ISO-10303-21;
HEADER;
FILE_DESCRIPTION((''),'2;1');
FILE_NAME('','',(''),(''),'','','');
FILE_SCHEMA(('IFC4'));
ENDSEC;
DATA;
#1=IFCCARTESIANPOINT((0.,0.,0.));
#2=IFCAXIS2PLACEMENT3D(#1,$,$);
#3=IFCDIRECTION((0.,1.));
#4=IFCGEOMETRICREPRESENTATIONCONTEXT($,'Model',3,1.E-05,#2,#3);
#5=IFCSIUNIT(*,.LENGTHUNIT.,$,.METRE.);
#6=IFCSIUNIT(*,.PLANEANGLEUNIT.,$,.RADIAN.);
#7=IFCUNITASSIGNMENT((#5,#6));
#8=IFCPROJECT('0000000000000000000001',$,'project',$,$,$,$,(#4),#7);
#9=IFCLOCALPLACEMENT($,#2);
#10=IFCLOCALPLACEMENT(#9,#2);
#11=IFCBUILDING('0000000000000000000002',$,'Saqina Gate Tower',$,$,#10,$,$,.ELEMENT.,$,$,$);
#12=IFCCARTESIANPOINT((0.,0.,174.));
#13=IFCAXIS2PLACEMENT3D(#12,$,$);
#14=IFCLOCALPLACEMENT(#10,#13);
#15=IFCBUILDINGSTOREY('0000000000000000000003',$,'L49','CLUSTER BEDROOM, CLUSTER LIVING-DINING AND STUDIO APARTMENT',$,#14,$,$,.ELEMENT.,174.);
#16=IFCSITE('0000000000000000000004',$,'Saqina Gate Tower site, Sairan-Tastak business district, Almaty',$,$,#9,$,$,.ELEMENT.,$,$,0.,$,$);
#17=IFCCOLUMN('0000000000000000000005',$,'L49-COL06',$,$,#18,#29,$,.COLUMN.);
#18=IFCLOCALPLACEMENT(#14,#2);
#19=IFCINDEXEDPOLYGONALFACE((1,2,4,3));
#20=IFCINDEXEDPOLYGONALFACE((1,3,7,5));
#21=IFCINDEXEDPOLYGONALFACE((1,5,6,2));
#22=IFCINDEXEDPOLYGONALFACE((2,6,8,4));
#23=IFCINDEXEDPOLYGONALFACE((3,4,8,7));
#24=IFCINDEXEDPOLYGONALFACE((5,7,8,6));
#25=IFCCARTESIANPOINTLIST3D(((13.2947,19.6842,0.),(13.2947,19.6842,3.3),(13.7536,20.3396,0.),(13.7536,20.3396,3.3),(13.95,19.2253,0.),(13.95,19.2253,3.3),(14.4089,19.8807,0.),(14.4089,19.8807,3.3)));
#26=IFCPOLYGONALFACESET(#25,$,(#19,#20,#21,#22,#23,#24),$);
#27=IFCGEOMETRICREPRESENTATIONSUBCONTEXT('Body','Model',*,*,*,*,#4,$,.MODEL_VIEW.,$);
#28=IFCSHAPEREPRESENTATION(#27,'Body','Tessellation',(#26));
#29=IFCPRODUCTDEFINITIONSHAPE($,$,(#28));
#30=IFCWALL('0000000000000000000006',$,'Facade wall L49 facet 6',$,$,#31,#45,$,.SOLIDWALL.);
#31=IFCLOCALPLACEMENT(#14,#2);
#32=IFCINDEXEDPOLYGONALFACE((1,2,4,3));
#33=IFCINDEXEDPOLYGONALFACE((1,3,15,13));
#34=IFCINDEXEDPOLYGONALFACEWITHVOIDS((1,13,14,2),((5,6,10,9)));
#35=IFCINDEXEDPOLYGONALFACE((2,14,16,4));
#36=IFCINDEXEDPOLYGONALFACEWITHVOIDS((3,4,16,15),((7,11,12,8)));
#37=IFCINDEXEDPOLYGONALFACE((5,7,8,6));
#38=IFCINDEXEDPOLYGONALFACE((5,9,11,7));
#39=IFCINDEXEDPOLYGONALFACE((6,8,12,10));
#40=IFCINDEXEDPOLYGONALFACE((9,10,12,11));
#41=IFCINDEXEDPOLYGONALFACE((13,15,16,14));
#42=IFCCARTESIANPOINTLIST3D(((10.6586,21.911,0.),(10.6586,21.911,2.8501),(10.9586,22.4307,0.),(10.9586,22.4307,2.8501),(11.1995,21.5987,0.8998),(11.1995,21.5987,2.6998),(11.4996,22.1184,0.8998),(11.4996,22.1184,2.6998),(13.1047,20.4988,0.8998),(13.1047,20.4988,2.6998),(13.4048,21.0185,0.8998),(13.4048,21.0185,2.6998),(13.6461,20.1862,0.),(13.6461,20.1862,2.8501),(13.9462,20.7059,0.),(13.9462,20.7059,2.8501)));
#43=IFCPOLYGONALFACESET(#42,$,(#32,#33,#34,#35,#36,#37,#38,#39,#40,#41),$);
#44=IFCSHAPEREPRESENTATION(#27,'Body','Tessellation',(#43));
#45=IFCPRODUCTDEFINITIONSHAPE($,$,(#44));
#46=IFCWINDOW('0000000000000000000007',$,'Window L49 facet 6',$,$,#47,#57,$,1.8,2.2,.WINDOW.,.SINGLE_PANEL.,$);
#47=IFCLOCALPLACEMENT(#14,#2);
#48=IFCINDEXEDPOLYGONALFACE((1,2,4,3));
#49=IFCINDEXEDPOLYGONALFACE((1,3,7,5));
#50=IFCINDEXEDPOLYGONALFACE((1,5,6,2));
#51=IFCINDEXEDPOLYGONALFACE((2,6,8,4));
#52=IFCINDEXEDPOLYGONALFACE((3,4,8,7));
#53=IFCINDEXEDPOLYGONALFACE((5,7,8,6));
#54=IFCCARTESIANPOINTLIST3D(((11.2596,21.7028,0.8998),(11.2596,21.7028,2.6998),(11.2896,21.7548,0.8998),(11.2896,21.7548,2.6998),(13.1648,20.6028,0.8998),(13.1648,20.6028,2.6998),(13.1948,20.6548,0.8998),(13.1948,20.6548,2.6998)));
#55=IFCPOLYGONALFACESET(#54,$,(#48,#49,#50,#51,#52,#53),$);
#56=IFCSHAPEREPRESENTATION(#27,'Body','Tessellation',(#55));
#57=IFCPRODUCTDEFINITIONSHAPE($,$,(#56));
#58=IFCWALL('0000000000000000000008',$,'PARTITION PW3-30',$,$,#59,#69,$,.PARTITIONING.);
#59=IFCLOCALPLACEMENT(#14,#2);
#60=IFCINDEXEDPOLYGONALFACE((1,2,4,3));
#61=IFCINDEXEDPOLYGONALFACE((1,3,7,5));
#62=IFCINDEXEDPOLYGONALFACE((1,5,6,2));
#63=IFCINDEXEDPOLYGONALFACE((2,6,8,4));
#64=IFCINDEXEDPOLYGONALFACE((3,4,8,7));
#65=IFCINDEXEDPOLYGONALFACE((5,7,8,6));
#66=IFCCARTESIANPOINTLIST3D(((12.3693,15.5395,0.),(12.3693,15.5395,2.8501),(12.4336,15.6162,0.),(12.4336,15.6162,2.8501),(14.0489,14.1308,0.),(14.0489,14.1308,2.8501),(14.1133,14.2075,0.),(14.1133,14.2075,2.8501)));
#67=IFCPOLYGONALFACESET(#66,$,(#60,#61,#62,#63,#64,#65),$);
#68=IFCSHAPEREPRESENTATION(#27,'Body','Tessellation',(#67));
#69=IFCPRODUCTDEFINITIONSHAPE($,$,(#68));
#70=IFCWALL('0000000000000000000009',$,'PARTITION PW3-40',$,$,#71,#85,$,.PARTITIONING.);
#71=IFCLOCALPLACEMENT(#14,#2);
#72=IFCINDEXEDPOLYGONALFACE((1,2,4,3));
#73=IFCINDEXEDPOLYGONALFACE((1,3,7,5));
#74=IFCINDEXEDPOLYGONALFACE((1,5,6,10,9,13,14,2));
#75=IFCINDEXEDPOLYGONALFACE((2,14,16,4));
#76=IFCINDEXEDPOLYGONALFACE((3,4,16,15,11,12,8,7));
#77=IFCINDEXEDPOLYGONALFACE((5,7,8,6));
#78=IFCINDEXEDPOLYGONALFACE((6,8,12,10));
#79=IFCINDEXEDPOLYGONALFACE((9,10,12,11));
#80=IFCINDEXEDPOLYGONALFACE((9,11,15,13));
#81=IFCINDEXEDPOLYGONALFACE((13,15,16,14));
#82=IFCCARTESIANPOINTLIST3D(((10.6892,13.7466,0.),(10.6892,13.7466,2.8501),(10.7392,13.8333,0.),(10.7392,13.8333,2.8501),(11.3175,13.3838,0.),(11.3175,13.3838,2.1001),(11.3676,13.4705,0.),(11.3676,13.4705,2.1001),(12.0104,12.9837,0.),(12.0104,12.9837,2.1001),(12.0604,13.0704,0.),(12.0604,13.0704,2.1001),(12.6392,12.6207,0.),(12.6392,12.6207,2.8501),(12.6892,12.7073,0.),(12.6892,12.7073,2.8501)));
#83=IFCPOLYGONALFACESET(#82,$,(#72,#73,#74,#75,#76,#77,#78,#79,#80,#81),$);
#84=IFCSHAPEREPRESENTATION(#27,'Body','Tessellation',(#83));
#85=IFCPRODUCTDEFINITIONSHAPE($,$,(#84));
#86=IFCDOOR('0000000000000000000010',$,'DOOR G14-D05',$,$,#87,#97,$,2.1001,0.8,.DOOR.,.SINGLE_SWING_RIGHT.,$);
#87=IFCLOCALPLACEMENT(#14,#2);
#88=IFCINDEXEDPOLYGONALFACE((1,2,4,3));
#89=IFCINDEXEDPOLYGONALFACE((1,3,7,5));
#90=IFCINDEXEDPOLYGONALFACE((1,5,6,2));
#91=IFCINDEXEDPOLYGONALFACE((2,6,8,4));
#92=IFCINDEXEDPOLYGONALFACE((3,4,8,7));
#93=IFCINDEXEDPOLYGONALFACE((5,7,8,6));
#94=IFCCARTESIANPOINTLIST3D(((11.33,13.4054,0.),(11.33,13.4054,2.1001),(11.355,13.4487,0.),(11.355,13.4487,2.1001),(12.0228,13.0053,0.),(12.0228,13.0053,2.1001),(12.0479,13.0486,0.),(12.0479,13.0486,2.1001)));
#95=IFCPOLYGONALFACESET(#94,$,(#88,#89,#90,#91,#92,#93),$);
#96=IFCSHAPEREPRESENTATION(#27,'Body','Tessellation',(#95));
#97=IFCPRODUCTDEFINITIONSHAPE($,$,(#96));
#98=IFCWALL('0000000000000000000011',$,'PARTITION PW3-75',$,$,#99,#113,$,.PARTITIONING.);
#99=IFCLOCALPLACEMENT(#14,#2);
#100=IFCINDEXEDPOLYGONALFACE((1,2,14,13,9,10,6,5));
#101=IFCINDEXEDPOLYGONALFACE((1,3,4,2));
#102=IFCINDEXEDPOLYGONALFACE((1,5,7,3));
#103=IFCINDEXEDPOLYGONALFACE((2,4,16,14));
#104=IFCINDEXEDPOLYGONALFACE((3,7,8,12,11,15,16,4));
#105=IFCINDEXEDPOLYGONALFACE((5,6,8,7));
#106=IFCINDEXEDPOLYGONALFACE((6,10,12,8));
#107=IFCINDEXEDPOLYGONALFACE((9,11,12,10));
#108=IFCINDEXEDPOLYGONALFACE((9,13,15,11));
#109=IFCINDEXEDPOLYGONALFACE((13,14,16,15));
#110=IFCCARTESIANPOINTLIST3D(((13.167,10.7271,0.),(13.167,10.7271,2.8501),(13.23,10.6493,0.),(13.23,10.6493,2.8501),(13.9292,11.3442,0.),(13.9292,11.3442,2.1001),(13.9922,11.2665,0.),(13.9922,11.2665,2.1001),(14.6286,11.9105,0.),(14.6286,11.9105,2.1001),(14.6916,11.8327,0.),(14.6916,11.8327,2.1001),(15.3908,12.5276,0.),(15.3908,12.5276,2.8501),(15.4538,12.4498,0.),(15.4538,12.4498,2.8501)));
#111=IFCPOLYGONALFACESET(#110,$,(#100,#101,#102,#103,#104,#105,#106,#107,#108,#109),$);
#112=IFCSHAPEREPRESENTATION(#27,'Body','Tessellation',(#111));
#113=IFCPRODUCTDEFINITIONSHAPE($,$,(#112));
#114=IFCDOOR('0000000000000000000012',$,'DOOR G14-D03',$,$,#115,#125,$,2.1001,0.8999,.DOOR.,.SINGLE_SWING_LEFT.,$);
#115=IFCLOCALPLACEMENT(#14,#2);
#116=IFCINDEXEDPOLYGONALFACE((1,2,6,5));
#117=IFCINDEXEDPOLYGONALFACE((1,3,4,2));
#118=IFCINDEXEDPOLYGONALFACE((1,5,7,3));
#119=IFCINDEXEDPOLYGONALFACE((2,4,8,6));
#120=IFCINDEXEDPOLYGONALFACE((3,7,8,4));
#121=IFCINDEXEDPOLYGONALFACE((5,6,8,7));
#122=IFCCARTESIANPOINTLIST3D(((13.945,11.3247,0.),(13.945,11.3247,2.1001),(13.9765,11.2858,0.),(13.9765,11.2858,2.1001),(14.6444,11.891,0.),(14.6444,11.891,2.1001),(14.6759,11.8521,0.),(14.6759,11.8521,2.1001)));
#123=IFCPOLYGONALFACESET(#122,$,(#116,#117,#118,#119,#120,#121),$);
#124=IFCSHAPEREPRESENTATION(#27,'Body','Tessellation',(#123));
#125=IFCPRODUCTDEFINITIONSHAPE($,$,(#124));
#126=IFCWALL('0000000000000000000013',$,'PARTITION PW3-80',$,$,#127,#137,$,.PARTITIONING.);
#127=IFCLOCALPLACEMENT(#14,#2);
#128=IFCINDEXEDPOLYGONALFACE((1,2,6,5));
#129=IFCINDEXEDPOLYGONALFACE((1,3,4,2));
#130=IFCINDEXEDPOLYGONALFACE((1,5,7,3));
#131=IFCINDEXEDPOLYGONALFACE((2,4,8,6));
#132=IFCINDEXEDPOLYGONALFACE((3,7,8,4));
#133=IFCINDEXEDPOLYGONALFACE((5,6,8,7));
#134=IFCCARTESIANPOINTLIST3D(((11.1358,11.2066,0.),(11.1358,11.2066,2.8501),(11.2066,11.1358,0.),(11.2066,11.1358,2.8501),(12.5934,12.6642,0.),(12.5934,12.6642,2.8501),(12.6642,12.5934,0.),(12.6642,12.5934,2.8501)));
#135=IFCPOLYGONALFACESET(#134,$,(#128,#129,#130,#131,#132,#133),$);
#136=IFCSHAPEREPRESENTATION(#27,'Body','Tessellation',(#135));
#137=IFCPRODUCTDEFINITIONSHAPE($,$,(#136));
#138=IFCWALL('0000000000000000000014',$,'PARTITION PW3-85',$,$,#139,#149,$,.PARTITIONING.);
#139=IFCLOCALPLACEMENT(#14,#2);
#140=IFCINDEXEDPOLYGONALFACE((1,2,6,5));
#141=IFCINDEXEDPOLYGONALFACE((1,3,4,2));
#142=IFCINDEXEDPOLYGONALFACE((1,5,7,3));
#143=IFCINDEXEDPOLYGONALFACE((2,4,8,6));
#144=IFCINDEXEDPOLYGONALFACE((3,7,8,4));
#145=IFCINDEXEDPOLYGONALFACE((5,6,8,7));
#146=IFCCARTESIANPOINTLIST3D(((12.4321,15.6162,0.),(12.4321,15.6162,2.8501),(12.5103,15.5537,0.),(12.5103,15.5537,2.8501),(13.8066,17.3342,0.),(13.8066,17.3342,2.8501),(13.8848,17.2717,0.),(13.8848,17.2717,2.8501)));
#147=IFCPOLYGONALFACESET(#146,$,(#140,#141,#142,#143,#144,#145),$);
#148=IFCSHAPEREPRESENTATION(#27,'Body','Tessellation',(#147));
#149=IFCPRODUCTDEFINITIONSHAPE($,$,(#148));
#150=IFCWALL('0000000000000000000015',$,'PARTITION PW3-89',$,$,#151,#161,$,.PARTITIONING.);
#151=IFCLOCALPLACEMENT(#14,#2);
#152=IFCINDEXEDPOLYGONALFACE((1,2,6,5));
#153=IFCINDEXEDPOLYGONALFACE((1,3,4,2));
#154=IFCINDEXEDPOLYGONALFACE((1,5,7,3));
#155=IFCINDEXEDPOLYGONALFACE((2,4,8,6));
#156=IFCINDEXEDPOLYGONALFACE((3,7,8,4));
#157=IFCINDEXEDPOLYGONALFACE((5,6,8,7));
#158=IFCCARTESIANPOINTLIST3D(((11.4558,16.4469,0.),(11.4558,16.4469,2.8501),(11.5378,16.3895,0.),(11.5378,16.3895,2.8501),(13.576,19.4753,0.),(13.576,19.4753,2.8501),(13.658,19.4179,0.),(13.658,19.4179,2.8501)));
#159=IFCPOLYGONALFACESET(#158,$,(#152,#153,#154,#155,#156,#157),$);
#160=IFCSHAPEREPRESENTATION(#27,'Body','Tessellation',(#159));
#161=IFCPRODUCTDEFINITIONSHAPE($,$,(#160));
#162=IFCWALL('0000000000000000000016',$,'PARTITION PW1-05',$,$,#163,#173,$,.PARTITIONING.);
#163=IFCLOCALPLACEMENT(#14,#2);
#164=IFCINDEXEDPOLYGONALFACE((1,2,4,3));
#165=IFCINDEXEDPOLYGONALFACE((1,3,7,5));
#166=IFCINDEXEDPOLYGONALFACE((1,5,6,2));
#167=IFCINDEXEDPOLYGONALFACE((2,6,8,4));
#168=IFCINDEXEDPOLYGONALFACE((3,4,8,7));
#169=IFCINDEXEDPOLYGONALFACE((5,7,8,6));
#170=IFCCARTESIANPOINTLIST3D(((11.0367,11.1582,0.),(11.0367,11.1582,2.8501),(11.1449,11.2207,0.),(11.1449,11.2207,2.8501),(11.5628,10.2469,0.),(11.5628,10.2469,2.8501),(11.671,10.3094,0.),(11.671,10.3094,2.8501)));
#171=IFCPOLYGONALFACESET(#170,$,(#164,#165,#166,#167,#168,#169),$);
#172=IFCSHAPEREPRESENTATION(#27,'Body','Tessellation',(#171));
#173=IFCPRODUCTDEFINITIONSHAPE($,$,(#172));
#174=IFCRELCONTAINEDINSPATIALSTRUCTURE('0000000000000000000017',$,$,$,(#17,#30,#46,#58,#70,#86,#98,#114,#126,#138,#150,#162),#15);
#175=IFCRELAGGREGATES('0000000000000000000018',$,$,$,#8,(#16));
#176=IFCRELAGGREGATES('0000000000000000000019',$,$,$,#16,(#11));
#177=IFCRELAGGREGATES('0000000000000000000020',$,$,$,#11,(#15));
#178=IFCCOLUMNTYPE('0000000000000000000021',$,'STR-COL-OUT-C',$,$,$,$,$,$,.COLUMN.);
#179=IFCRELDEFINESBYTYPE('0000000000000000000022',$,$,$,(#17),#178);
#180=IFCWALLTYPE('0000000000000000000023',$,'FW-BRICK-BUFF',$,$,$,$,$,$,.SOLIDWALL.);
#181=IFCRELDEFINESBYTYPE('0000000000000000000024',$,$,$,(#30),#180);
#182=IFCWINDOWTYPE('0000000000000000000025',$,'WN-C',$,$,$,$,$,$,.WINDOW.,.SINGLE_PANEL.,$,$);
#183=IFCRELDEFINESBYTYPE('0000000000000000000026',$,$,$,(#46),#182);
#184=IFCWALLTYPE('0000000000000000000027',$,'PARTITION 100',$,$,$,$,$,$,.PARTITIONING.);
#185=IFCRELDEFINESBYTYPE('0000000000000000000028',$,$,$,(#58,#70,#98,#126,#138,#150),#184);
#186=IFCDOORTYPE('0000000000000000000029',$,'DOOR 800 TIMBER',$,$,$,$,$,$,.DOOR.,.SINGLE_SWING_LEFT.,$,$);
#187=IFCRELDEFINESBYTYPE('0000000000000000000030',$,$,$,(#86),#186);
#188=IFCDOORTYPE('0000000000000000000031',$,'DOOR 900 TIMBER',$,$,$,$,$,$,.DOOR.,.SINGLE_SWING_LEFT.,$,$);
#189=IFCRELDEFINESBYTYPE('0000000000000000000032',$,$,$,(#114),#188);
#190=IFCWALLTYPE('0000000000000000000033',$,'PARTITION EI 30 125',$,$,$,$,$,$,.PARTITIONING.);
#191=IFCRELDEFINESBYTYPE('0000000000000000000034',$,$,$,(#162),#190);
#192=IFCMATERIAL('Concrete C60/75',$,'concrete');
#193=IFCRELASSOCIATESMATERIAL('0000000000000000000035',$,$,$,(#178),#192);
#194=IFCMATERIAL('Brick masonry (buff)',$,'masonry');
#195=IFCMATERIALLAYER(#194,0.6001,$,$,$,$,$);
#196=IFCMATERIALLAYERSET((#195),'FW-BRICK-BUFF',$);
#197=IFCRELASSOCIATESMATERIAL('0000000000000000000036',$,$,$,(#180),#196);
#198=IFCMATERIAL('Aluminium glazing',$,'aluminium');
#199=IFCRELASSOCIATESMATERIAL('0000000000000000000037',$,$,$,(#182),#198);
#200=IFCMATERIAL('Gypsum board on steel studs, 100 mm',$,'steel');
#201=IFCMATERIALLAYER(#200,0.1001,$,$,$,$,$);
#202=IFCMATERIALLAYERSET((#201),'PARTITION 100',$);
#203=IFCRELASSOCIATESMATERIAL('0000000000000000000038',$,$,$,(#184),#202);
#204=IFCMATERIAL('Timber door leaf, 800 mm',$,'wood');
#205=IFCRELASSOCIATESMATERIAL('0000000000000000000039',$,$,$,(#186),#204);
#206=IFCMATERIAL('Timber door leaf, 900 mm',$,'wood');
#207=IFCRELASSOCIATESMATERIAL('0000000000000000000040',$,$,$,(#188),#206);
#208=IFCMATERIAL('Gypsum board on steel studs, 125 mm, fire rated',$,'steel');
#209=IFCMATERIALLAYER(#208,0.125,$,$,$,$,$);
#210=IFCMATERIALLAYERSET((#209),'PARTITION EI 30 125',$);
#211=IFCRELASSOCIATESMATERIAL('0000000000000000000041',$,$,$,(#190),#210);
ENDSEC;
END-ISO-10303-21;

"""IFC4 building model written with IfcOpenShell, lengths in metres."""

from ifc_helpers import new_model, si_unit, direction, frame, frame_2d, origin, origin_2d, place, context, subcontext, project, spatial, rectangle, extrude, material, layer, layer_set, material_profile, profile_set, type_object, element, fill, save


model = new_model("IFC4")

# Units and contexts
model_context = context("Model", 3, precision=1e-05, world=origin(), true_north=direction((0.0, 1.0)))
body_context = subcontext(model_context, "Body", "Model", "MODEL_VIEW")
ifc_project = project(units=[si_unit("LENGTHUNIT", "METRE"), si_unit("PLANEANGLEUNIT", "RADIAN")], contexts=[model_context])

# Site, building, storey
site_placement = place(None, origin())
site = spatial("IfcSite", under=ifc_project, at=site_placement, Name="Saqina Gate Tower site, Sairan-Tastak business district, Almaty", CompositionType="ELEMENT", RefElevation=0.0)
building_placement = place(site_placement, origin())
building = spatial("IfcBuilding", under=site, at=building_placement, Name="Saqina Gate Tower", CompositionType="ELEMENT")
storey_placement = place(building_placement, frame((0.0, 0.0, 174.0)))
storey = spatial("IfcBuildingStorey", under=building, at=storey_placement, Name="L49", Description="CLUSTER BEDROOM, CLUSTER LIVING-DINING AND STUDIO APARTMENT", CompositionType="ELEMENT", Elevation=174.0)

# Column
ifc_material_1 = material(Name="Concrete C60/75", Category="concrete")
ifc_material_profile = material_profile(ifc_material_1, rectangle(XDim=0.8, YDim=0.8, at=origin_2d()), Name="RC 800x800")
ifc_profile_set = profile_set([ifc_material_profile], Name="Concrete C60/75")
column_type = type_object("IfcColumnType", Name="STR-COL-OUT-C", PredefinedType="COLUMN", material=ifc_profile_set)
column_placement = place(storey_placement, frame((13.8518, 19.7825, 0.0), z_axis=(0.0, 0.0, 1.0), x_axis=(0.573576, 0.819152, 0.0)))
element("IfcColumn", 1, at=column_placement, inside=storey, type_object=column_type, Name="L49-COL06", PredefinedType="COLUMN", context=body_context, shape_type="SweptSolid", body=[
    extrude(rectangle(XDim=0.8, YDim=0.8, at=origin_2d()), origin(), (0.0, 0.0, 1.0), 3.3),
])

# Wall, opening, window
ifc_material_2 = material(Name="Brick masonry (buff)", Category="masonry")
ifc_layer_1 = layer(ifc_material_2, 0.6001)
ifc_layer_set_1 = layer_set([ifc_layer_1], Name="FW-BRICK-BUFF")
wall_type_1 = type_object("IfcWallType", Name="FW-BRICK-BUFF", PredefinedType="SOLIDWALL", material=ifc_layer_set_1)
wall_1_placement = place(storey_placement, frame((13.7961, 20.446, 0.0), z_axis=(0.0, 0.0, 1.0), x_axis=(-0.866026, 0.499998, 0.0)))
wall_1 = element("IfcWall", 2, at=wall_1_placement, inside=storey, type_object=wall_type_1, Name="Facade wall L49 facet 6", PredefinedType="SOLIDWALL", context=body_context, shape_type="SweptSolid", body=[
    extrude(rectangle(XDim=3.4497, YDim=0.6001, at=frame_2d((1.7249, 0.0))), origin(), (0.0, 0.0, 1.0), 2.8501),
])
opening_1_placement = place(wall_1_placement, frame((0.625, 0.0, 0.8999)))
opening_1 = element("IfcOpeningElement", 3, at=opening_1_placement, cuts=wall_1, PredefinedType="OPENING", context=body_context, shape_type="SweptSolid", body=[
    extrude(rectangle(XDim=2.2, YDim=1.8, at=frame_2d((1.1001, 0.8999))), frame((0.0, 0.312, 0.0), z_axis=(0.0, -1.0, 0.0), x_axis=(1.0, 0.0, 0.0)), (0.0, 0.0, 1.0), 0.624),
])
ifc_material_3 = material(Name="Aluminium glazing", Category="aluminium")
window_type = type_object("IfcWindowType", Name="WN-C", PartitioningType="SINGLE_PANEL", PredefinedType="WINDOW", material=ifc_material_3)
window_placement = place(opening_1_placement, origin())
window = element("IfcWindow", 4, at=window_placement, inside=storey, type_object=window_type, Name="Window L49 facet 6", OverallHeight=1.8, OverallWidth=2.2, PartitioningType="SINGLE_PANEL", PredefinedType="WINDOW", context=body_context, shape_type="SweptSolid", body=[
    extrude(rectangle(XDim=2.2, YDim=1.8, at=frame_2d((1.1001, 0.8999))), frame((0.0, 0.1799, 0.0), z_axis=(0.0, -1.0, 0.0), x_axis=(1.0, 0.0, 0.0)), (0.0, 0.0, 1.0), 0.0601),
])
fill(opening_1, window)

# Wall
ifc_material_4 = material(Name="Gypsum board on steel studs, 100 mm", Category="steel")
ifc_layer_2 = layer(ifc_material_4, 0.1001)
ifc_layer_set_2 = layer_set([ifc_layer_2], Name="PARTITION 100")
wall_type_2 = type_object("IfcWallType", Name="PARTITION 100", PredefinedType="PARTITIONING", material=ifc_layer_set_2)
wall_2_placement = place(storey_placement, frame((12.4014, 15.5779, 0.0), z_axis=(0.0, 0.0, 1.0), x_axis=(0.766209, -0.642591, 0.0)))
element("IfcWall", 5, at=wall_2_placement, inside=storey, type_object=wall_type_2, Name="PARTITION PW3-30", PredefinedType="PARTITIONING", context=body_context, shape_type="SweptSolid", body=[
    extrude(rectangle(XDim=2.1921, YDim=0.1001, at=frame_2d((1.0962, 0.0))), origin(), (0.0, 0.0, 1.0), 2.8501),
])

# Walls, openings, doors
wall_3_placement = place(storey_placement, frame((10.7141, 13.79, 0.0), z_axis=(0.0, 0.0, 1.0), x_axis=(0.865992, -0.500057, 0.0)))
wall_3 = element("IfcWall", 6, at=wall_3_placement, inside=storey, type_object=wall_type_2, Name="PARTITION PW3-40", PredefinedType="PARTITIONING", context=body_context, shape_type="SweptSolid", body=[
    extrude(rectangle(XDim=2.2517, YDim=0.1001, at=frame_2d((1.126, 0.0))), origin(), (0.0, 0.0, 1.0), 2.8501),
])
opening_2_placement = place(wall_3_placement, frame((0.7258, 0.0, 0.0)))
opening_2 = element("IfcOpeningElement", 7, at=opening_2_placement, cuts=wall_3, PredefinedType="OPENING", context=body_context, shape_type="SweptSolid", body=[
    extrude(rectangle(XDim=0.8, YDim=2.1001, at=frame_2d((0.3999, 1.05))), frame((0.0, 0.062, 0.0), z_axis=(0.0, -1.0, 0.0), x_axis=(1.0, 0.0, 0.0)), (0.0, 0.0, 1.0), 0.124),
])
ifc_material_5 = material(Name="Timber door leaf, 800 mm", Category="wood")
door_type_1 = type_object("IfcDoorType", Name="DOOR 800 TIMBER", OperationType="SINGLE_SWING_LEFT", PredefinedType="DOOR", material=ifc_material_5)
door_1_placement = place(opening_2_placement, origin())
door_1 = element("IfcDoor", 8, at=door_1_placement, inside=storey, type_object=door_type_1, Name="DOOR G14-D05", OperationType="SINGLE_SWING_RIGHT", OverallHeight=2.1001, OverallWidth=0.8, PredefinedType="DOOR", context=body_context, shape_type="SweptSolid", body=[
    extrude(rectangle(XDim=0.8, YDim=2.1001, at=frame_2d((0.3999, 1.05))), frame((0.0, 0.0249, 0.0), z_axis=(0.0, -1.0, 0.0), x_axis=(1.0, 0.0, 0.0)), (0.0, 0.0, 1.0), 0.05),
])
fill(opening_2, door_1)
wall_4_placement = place(storey_placement, frame((13.1985, 10.6882, 0.0), z_axis=(0.0, 0.0, 1.0), x_axis=(0.777201, 0.629252, 0.0)))
wall_4 = element("IfcWall", 9, at=wall_4_placement, inside=storey, type_object=wall_type_2, Name="PARTITION PW3-75", PredefinedType="PARTITIONING", context=body_context, shape_type="SweptSolid", body=[
    extrude(rectangle(XDim=2.8613, YDim=0.1001, at=frame_2d((1.4307, 0.0))), origin(), (0.0, 0.0, 1.0), 2.8501),
])
opening_3_placement = place(wall_4_placement, frame((0.9807, 0.0, 0.0)))
opening_3 = element("IfcOpeningElement", 10, at=opening_3_placement, cuts=wall_4, PredefinedType="OPENING", context=body_context, shape_type="SweptSolid", body=[
    extrude(rectangle(XDim=0.8999, YDim=2.1001, at=frame_2d((0.45, 1.05))), frame((0.0, 0.062, 0.0), z_axis=(0.0, -1.0, 0.0), x_axis=(1.0, 0.0, 0.0)), (0.0, 0.0, 1.0), 0.124),
])
ifc_material_6 = material(Name="Timber door leaf, 900 mm", Category="wood")
door_type_2 = type_object("IfcDoorType", Name="DOOR 900 TIMBER", OperationType="SINGLE_SWING_LEFT", PredefinedType="DOOR", material=ifc_material_6)
door_2_placement = place(opening_3_placement, origin())
door_2 = element("IfcDoor", 11, at=door_2_placement, inside=storey, type_object=door_type_2, Name="DOOR G14-D03", OperationType="SINGLE_SWING_LEFT", OverallHeight=2.1001, OverallWidth=0.8999, PredefinedType="DOOR", context=body_context, shape_type="SweptSolid", body=[
    extrude(rectangle(XDim=0.8999, YDim=2.1001, at=frame_2d((0.45, 1.05))), frame((0.0, 0.0249, 0.0), z_axis=(0.0, -1.0, 0.0), x_axis=(1.0, 0.0, 0.0)), (0.0, 0.0, 1.0), 0.05),
])
fill(opening_3, door_2)

# Walls
wall_5_placement = place(storey_placement, frame((11.1711, 11.1711, 0.0), z_axis=(0.0, 0.0, 1.0), x_axis=(0.707107, 0.707107, 0.0)))
element("IfcWall", 12, at=wall_5_placement, inside=storey, type_object=wall_type_2, Name="PARTITION PW3-80", PredefinedType="PARTITIONING", context=body_context, shape_type="SweptSolid", body=[
    extrude(rectangle(XDim=2.0613, YDim=0.1001, at=frame_2d((1.0308, 0.0))), origin(), (0.0, 0.0, 1.0), 2.8501),
])
wall_6_placement = place(storey_placement, frame((12.4712, 15.585, 0.0), z_axis=(0.0, 0.0, 1.0), x_axis=(0.624722, 0.780847, 0.0)))
element("IfcWall", 13, at=wall_6_placement, inside=storey, type_object=wall_type_2, Name="PARTITION PW3-85", PredefinedType="PARTITIONING", context=body_context, shape_type="SweptSolid", body=[
    extrude(rectangle(XDim=2.2002, YDim=0.1001, at=frame_2d((1.1001, 0.0))), origin(), (0.0, 0.0, 1.0), 2.8501),
])
wall_7_placement = place(storey_placement, frame((11.4968, 16.4182, 0.0), z_axis=(0.0, 0.0, 1.0), x_axis=(0.573516, 0.819195, 0.0)))
element("IfcWall", 14, at=wall_7_placement, inside=storey, type_object=wall_type_2, Name="PARTITION PW3-89", PredefinedType="PARTITIONING", context=body_context, shape_type="SweptSolid", body=[
    extrude(rectangle(XDim=3.6968, YDim=0.1001, at=frame_2d((1.8484, 0.0))), origin(), (0.0, 0.0, 1.0), 2.8501),
])
ifc_material_7 = material(Name="Gypsum board on steel studs, 125 mm, fire rated", Category="steel")
ifc_layer_3 = layer(ifc_material_7, 0.125)
ifc_layer_set_3 = layer_set([ifc_layer_3], Name="PARTITION EI 30 125")
wall_type_3 = type_object("IfcWallType", Name="PARTITION EI 30 125", PredefinedType="PARTITIONING", material=ifc_layer_set_3)
wall_8_placement = place(storey_placement, frame((11.0908, 11.1895, 0.0), z_axis=(0.0, 0.0, 1.0), x_axis=(0.499957, -0.86605, 0.0)))
element("IfcWall", 15, at=wall_8_placement, inside=storey, type_object=wall_type_3, Name="PARTITION PW1-05", PredefinedType="PARTITIONING", context=body_context, shape_type="SweptSolid", body=[
    extrude(rectangle(XDim=1.0522, YDim=0.125, at=frame_2d((0.5261, 0.0))), origin(), (0.0, 0.0, 1.0), 2.8501),
])

save(model, "model.ifc")
